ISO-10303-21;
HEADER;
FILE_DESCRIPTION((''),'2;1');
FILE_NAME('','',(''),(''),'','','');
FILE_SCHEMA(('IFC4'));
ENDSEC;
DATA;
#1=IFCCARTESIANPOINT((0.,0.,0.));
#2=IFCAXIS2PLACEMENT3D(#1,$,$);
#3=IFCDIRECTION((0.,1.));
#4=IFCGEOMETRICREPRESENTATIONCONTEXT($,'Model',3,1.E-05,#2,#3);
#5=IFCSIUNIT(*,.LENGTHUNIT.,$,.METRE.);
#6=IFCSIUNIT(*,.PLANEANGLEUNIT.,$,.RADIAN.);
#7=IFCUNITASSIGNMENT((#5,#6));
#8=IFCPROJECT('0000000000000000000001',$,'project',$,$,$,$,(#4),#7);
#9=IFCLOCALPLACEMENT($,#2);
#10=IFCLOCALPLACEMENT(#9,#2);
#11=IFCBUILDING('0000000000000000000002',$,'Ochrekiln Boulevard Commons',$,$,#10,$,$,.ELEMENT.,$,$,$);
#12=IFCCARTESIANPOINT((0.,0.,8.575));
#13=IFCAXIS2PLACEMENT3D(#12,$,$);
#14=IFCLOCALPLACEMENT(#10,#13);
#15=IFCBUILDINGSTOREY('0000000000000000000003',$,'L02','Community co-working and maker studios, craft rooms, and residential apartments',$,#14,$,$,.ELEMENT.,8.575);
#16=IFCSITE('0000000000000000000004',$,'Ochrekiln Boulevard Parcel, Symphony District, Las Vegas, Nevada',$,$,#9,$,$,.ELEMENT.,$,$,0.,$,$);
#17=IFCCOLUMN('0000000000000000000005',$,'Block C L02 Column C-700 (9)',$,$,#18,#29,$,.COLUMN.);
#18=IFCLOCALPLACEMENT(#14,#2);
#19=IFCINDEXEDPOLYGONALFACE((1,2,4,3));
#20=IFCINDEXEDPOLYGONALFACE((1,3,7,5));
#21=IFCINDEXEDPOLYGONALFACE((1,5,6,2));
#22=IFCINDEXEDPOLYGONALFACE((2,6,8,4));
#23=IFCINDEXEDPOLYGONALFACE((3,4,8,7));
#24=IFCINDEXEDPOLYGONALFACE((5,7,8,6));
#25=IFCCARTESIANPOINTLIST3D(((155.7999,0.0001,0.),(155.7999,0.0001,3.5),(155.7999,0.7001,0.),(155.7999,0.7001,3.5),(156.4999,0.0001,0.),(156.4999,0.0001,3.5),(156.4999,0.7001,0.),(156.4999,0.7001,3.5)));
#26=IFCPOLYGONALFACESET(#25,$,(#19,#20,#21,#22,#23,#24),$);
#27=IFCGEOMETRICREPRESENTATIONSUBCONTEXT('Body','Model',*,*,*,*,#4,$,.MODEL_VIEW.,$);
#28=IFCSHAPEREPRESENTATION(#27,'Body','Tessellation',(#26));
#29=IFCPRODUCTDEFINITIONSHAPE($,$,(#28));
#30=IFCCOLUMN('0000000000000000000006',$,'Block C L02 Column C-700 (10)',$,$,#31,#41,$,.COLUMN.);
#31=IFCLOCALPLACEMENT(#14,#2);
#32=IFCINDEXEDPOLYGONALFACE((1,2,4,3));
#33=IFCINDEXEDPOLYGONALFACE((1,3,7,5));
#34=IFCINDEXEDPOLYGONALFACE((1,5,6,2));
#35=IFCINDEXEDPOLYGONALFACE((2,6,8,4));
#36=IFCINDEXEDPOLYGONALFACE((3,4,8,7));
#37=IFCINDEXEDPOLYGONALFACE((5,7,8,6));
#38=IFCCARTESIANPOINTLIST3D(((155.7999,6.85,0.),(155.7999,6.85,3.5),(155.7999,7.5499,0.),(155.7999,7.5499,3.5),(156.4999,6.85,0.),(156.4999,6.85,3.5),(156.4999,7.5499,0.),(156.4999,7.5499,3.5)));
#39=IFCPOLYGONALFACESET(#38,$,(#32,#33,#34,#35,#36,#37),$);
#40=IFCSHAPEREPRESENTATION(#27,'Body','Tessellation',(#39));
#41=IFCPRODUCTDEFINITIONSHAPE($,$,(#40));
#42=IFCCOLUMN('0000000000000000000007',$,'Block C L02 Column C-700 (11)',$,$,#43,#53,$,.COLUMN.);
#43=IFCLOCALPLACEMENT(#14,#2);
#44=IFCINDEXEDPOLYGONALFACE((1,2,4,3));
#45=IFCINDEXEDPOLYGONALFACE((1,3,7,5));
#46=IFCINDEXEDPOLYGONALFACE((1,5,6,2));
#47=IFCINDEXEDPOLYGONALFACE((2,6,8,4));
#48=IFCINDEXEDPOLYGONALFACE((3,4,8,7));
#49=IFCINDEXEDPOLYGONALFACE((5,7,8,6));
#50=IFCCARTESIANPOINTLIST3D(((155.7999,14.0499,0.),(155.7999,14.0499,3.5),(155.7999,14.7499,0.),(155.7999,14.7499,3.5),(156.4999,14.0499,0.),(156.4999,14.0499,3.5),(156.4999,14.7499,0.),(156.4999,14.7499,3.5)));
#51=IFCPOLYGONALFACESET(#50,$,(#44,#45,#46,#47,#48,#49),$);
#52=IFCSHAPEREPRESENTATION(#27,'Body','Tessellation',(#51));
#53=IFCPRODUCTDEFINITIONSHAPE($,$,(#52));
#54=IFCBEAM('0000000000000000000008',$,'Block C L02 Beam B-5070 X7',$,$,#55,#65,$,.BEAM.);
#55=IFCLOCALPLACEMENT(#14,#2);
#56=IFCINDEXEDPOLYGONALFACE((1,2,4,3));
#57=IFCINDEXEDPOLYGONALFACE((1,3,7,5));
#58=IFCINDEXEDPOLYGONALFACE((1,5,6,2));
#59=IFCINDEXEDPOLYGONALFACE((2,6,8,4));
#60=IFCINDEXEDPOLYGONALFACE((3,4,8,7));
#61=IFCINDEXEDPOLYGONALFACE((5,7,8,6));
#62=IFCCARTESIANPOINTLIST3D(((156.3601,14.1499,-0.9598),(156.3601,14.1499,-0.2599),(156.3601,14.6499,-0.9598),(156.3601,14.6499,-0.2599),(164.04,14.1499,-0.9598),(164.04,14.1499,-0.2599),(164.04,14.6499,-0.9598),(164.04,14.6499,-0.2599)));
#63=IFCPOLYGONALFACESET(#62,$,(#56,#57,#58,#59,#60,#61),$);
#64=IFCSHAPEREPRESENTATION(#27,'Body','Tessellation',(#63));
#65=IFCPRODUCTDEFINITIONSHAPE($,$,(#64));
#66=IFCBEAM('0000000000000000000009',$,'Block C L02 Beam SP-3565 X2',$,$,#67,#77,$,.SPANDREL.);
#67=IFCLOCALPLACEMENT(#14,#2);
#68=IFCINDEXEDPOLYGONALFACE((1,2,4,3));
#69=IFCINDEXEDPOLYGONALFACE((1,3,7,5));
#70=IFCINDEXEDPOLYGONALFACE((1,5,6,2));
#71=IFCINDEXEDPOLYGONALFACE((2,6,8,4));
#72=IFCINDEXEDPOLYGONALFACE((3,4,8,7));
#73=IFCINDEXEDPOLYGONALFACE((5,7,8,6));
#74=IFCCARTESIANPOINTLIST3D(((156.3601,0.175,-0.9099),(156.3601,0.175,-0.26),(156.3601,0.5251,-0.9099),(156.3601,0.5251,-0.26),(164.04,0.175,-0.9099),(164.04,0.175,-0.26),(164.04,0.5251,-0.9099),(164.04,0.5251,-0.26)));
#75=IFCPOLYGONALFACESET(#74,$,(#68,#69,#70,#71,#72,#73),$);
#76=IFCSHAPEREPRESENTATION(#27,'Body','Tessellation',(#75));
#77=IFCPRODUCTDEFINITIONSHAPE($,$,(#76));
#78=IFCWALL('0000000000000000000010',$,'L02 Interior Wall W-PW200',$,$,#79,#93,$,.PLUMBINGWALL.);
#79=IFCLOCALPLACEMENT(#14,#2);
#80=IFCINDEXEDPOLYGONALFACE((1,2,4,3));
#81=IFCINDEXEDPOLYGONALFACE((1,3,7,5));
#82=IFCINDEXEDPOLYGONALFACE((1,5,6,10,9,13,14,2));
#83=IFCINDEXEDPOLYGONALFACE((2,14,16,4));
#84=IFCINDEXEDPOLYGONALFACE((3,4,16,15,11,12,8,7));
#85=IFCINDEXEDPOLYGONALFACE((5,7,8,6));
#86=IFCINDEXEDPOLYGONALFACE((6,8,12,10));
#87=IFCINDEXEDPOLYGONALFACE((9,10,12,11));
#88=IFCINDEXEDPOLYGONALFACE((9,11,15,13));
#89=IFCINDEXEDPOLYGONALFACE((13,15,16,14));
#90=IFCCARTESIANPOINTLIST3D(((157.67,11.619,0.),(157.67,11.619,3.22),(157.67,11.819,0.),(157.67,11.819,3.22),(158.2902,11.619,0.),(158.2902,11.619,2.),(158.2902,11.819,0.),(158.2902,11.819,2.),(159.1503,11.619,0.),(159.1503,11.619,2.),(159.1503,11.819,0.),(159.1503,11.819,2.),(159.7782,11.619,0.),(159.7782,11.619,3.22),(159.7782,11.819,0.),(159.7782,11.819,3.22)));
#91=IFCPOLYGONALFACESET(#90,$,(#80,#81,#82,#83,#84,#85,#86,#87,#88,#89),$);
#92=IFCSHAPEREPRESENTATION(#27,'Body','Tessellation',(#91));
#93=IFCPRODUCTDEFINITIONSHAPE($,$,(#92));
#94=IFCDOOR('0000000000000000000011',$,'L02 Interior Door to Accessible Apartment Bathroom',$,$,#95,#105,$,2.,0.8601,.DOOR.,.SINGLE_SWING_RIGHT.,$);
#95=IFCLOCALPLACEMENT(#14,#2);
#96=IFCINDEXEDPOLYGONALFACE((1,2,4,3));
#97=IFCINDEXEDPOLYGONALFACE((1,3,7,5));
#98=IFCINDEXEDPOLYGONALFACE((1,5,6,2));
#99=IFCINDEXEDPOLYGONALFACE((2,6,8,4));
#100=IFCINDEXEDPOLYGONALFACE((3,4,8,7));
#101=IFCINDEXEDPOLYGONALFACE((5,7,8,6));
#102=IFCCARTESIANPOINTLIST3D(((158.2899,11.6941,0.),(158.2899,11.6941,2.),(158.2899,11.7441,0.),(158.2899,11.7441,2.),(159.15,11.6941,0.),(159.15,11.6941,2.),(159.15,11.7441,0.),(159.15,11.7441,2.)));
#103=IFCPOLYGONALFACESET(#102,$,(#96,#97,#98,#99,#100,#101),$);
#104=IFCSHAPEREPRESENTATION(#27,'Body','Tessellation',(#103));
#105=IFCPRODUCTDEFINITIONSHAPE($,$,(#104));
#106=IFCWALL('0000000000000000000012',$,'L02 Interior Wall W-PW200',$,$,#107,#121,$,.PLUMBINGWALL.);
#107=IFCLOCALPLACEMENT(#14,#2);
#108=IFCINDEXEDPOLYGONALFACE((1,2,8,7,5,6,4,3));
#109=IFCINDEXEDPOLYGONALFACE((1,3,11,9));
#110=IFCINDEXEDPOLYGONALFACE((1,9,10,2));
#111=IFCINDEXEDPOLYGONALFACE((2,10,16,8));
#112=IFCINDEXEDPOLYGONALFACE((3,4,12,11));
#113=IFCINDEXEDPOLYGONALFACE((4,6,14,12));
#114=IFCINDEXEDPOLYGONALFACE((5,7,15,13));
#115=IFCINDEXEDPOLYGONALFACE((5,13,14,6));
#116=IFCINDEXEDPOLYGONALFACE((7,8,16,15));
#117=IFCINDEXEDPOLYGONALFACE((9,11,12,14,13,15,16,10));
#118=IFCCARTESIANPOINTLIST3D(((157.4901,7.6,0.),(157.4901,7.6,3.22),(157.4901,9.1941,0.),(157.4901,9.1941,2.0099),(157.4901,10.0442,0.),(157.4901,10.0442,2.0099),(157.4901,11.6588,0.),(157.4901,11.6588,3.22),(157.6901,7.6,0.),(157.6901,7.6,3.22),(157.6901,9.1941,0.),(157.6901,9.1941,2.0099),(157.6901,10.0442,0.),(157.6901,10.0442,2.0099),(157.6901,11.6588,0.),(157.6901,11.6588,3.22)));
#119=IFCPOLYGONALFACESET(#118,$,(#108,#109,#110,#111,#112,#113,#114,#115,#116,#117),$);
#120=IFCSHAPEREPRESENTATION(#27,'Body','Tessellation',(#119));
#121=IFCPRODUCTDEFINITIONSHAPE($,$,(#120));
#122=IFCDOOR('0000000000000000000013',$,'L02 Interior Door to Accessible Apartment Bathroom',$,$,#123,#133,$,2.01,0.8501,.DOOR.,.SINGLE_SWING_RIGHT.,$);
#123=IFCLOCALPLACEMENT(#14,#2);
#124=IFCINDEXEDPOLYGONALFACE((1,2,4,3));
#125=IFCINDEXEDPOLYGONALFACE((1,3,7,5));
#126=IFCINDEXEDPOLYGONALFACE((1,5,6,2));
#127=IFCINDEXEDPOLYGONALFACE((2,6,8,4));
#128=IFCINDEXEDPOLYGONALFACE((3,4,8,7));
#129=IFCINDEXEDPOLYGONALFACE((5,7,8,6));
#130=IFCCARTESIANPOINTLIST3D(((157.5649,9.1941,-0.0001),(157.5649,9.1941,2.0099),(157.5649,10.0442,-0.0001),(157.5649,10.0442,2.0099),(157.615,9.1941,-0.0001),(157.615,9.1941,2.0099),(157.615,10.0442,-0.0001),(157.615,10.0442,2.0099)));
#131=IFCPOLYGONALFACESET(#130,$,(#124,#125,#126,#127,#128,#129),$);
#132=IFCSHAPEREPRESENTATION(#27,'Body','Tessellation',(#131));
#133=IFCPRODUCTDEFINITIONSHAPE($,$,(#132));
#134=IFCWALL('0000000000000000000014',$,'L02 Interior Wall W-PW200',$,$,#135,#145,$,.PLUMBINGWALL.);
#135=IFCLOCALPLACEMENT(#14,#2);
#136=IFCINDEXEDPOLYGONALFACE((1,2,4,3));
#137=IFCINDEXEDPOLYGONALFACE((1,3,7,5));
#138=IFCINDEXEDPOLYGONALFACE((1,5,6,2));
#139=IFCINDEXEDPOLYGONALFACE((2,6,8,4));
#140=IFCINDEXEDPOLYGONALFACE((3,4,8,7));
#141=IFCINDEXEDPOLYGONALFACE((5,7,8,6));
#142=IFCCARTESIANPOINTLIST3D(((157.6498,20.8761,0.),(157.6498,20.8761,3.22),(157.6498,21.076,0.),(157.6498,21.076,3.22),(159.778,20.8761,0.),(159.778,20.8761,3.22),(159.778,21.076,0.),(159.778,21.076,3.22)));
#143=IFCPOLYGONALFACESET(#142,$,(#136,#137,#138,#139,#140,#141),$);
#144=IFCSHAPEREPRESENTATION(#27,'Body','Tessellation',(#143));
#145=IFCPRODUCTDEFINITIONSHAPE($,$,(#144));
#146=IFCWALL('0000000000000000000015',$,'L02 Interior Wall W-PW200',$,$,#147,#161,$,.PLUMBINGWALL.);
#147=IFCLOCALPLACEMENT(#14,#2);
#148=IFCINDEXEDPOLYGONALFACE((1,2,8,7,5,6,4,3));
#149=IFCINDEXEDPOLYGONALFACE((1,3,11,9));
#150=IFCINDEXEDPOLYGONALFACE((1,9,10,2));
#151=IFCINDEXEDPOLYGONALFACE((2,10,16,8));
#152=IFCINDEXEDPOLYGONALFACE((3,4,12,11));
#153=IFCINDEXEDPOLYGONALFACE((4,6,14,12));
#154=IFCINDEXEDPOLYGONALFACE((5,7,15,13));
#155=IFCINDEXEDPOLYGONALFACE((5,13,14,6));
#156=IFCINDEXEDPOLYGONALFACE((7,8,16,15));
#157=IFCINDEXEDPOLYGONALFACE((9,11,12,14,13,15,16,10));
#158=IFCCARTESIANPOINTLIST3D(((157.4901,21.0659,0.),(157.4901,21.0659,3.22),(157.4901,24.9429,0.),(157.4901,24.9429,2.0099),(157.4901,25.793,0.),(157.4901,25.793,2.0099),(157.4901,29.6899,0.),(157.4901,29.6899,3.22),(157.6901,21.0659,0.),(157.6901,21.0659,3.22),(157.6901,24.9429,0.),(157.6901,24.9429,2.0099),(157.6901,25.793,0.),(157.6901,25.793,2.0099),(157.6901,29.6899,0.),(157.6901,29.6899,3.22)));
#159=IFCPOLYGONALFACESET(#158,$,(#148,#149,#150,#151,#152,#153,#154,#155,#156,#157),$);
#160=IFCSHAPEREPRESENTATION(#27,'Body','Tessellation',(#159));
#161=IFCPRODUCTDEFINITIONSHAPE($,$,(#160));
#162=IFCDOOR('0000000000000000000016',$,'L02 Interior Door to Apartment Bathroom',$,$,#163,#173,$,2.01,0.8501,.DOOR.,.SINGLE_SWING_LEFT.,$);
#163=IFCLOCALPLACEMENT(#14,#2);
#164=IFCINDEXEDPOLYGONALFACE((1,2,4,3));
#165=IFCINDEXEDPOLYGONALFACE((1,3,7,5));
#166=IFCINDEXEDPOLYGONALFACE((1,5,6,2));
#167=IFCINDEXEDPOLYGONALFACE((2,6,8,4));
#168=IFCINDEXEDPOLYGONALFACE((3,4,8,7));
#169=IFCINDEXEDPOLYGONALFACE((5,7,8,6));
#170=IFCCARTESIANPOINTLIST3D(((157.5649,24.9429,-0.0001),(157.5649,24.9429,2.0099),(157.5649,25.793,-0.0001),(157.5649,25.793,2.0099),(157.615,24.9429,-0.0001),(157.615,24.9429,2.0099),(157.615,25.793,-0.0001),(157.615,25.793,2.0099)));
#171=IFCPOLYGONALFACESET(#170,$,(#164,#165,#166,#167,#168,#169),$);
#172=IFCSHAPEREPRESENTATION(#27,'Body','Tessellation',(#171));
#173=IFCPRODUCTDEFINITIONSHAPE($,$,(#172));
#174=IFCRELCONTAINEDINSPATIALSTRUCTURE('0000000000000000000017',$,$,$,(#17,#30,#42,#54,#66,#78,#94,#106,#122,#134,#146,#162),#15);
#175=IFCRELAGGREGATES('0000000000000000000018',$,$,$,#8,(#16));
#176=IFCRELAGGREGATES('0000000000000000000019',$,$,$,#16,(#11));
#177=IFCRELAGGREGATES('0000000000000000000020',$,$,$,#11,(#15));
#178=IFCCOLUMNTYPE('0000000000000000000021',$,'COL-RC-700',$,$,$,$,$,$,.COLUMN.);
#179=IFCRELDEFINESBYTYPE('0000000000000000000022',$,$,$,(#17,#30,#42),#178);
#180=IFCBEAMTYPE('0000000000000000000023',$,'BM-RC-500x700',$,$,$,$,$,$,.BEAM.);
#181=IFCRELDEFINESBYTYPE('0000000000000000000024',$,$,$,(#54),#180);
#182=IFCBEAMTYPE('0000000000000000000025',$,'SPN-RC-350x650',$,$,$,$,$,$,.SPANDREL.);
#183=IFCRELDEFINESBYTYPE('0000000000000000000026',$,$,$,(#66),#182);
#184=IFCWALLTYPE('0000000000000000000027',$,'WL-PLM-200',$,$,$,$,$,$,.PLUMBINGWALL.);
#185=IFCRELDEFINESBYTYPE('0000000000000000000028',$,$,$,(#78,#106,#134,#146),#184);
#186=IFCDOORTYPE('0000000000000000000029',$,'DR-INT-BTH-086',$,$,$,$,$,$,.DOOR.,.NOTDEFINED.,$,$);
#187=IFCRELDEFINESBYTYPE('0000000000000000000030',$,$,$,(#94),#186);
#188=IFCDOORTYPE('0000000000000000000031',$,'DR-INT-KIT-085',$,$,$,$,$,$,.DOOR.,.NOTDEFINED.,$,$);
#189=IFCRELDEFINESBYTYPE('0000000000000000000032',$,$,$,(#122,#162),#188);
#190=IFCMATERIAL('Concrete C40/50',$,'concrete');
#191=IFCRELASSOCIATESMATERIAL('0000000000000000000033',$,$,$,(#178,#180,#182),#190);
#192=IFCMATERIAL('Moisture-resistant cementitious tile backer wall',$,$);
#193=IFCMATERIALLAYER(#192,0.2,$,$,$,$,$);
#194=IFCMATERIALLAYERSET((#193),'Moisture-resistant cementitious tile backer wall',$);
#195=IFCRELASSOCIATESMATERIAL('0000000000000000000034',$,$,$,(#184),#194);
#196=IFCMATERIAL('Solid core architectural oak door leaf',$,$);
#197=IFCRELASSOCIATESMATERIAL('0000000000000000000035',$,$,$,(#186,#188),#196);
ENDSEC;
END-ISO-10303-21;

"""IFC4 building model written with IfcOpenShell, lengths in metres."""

from ifc_helpers import new_model, si_unit, direction, frame, frame_2d, origin, origin_2d, place, context, subcontext, project, spatial, rectangle, extrude, material, layer, layer_set, material_profile, profile_set, type_object, element, fill, save


model = new_model("IFC4")

# Units and contexts
model_context = context("Model", 3, precision=1e-05, world=origin(), true_north=direction((0.0, 1.0)))
body_context = subcontext(model_context, "Body", "Model", "MODEL_VIEW")
ifc_project = project(units=[si_unit("LENGTHUNIT", "METRE"), si_unit("PLANEANGLEUNIT", "RADIAN")], contexts=[model_context])

# Site, building, storey
site_placement = place(None, origin())
site = spatial("IfcSite", under=ifc_project, at=site_placement, Name="Ochrekiln Boulevard Parcel, Symphony District, Las Vegas, Nevada", CompositionType="ELEMENT", RefElevation=0.0)
building_placement = place(site_placement, origin())
building = spatial("IfcBuilding", under=site, at=building_placement, Name="Ochrekiln Boulevard Commons", CompositionType="ELEMENT")
storey_placement = place(building_placement, frame((0.0, 0.0, 8.575)))
storey = spatial("IfcBuildingStorey", under=building, at=storey_placement, Name="L02", Description="Community co-working and maker studios, craft rooms, and residential apartments", CompositionType="ELEMENT", Elevation=8.575)

# Columns
ifc_material_1 = material(Name="Concrete C40/50", Category="concrete")
ifc_material_profile_1 = material_profile(ifc_material_1, rectangle(XDim=0.7, YDim=0.7, at=origin_2d()), Name="RC-COL-700x700")
ifc_profile_set_1 = profile_set([ifc_material_profile_1], Name="Concrete C40/50")
column_type = type_object("IfcColumnType", Name="COL-RC-700", PredefinedType="COLUMN", material=ifc_profile_set_1)
for number, where, z_axis, x_axis, name in (
    (1, (156.1499, 0.3501, 0.0), (0.0, 0.0, 1.0), (1.0, 0.0, 0.0), "Block C L02 Column C-700 (9)"),
    (2, (156.1499, 7.2, 0.0), (0.0, 0.0, 1.0), (1.0, 0.0, 0.0), "Block C L02 Column C-700 (10)"),
    (3, (156.1499, 14.3999, 0.0), (0.0, 0.0, 1.0), (1.0, 0.0, 0.0), "Block C L02 Column C-700 (11)"),
):
    element("IfcColumn", number, at=place(storey_placement, frame(where, z_axis=z_axis, x_axis=x_axis)), inside=storey, type_object=column_type, Name=name, PredefinedType="COLUMN", context=body_context, shape_type="SweptSolid", body=[
        extrude(rectangle(XDim=0.7, YDim=0.7, at=origin_2d()), origin(), (0.0, 0.0, 1.0), 3.5),
    ])

# Beams
ifc_material_profile_2 = material_profile(ifc_material_1, rectangle(XDim=0.5, YDim=0.7, at=origin_2d()), Name="RC-BM-500x700")
ifc_profile_set_2 = profile_set([ifc_material_profile_2], Name="Concrete C40/50")
beam_type_1 = type_object("IfcBeamType", Name="BM-RC-500x700", PredefinedType="BEAM", material=ifc_profile_set_2)
beam_1_placement = place(storey_placement, frame((156.3601, 14.3999, -0.6099), z_axis=(1.0, 0.0, 0.0), x_axis=(0.0, 1.0, 0.0)))
element("IfcBeam", 4, at=beam_1_placement, inside=storey, type_object=beam_type_1, Name="Block C L02 Beam B-5070 X7", PredefinedType="BEAM", context=body_context, shape_type="SweptSolid", body=[
    extrude(rectangle(XDim=0.5, YDim=0.7, at=origin_2d()), origin(), (0.0, 0.0, 1.0), 7.6799),
])
ifc_material_profile_3 = material_profile(ifc_material_1, rectangle(XDim=0.3501, YDim=0.6499, at=origin_2d()), Name="RC-SPN-350x650")
ifc_profile_set_3 = profile_set([ifc_material_profile_3], Name="Concrete C40/50")
beam_type_2 = type_object("IfcBeamType", Name="SPN-RC-350x650", PredefinedType="SPANDREL", material=ifc_profile_set_3)
beam_2_placement = place(storey_placement, frame((156.3601, 0.3501, -0.585), z_axis=(1.0, 0.0, 0.0), x_axis=(0.0, 1.0, 0.0)))
element("IfcBeam", 5, at=beam_2_placement, inside=storey, type_object=beam_type_2, Name="Block C L02 Beam SP-3565 X2", PredefinedType="SPANDREL", context=body_context, shape_type="SweptSolid", body=[
    extrude(rectangle(XDim=0.3501, YDim=0.6499, at=origin_2d()), origin(), (0.0, 0.0, 1.0), 7.6799),
])

# Walls, openings, doors
ifc_material_2 = material(Name="Moisture-resistant cementitious tile backer wall")
ifc_layer_1 = layer(ifc_material_2, 0.2)
ifc_layer_set_1 = layer_set([ifc_layer_1], Name="Moisture-resistant cementitious tile backer wall")
wall_type_1 = type_object("IfcWallType", Name="WL-PLM-200", PredefinedType="PLUMBINGWALL", material=ifc_layer_set_1)
wall_1_placement = place(storey_placement, frame((157.6699, 11.719, 0.0), z_axis=(0.0, 0.0, 1.0), x_axis=(1.0, 0.0, 0.0)))
wall_1 = element("IfcWall", 6, at=wall_1_placement, inside=storey, type_object=wall_type_1, Name="L02 Interior Wall W-PW200", PredefinedType="PLUMBINGWALL", context=body_context, shape_type="SweptSolid", body=[
    extrude(rectangle(XDim=2.1082, YDim=0.2, at=frame_2d((1.0542, 0.0))), origin(), (0.0, 0.0, 1.0), 3.22),
])
opening_1_placement = place(wall_1_placement, frame((0.6201, 0.0, 0.0)))
opening_1 = element("IfcOpeningElement", 7, at=opening_1_placement, cuts=wall_1, PredefinedType="OPENING", context=body_context, shape_type="SweptSolid", body=[
    extrude(rectangle(XDim=0.8601, YDim=2.0, at=frame_2d((0.4302, 1.0))), frame((0.0, 0.1099, 0.0), z_axis=(0.0, -1.0, 0.0), x_axis=(1.0, 0.0, 0.0)), (0.0, 0.0, 1.0), 0.22),
])
ifc_material_3 = material(Name="Solid core architectural oak door leaf")
door_type_1 = type_object("IfcDoorType", Name="DR-INT-BTH-086", OperationType="NOTDEFINED", PredefinedType="DOOR", material=ifc_material_3)
door_1_placement = place(opening_1_placement, frame((0.8601, 0.0, 0.0), z_axis=(0.0, 0.0, 1.0), x_axis=(-1.0, 0.0, 0.0)))
door_1 = element("IfcDoor", 8, at=door_1_placement, inside=storey, type_object=door_type_1, Name="L02 Interior Door to Accessible Apartment Bathroom", OperationType="SINGLE_SWING_RIGHT", OverallHeight=2.0, OverallWidth=0.8601, PredefinedType="DOOR", context=body_context, shape_type="SweptSolid", body=[
    extrude(rectangle(XDim=0.8601, YDim=2.0, at=frame_2d((0.4302, 1.0))), frame((0.0, 0.0249, 0.0), z_axis=(0.0, -1.0, 0.0), x_axis=(1.0, 0.0, 0.0)), (0.0, 0.0, 1.0), 0.05),
])
fill(opening_1, door_1)
wall_2_placement = place(storey_placement, frame((157.5901, 7.6001, 0.0), z_axis=(0.0, 0.0, 1.0), x_axis=(0.0, 1.0, 0.0)))
wall_2 = element("IfcWall", 9, at=wall_2_placement, inside=storey, type_object=wall_type_1, Name="L02 Interior Wall W-PW200", PredefinedType="PLUMBINGWALL", context=body_context, shape_type="SweptSolid", body=[
    extrude(rectangle(XDim=4.0588, YDim=0.2, at=frame_2d((2.0293, 0.0))), origin(), (0.0, 0.0, 1.0), 3.22),
])
opening_2_placement = place(wall_2_placement, frame((1.594, 0.0, 0.0)))
opening_2 = element("IfcOpeningElement", 10, at=opening_2_placement, cuts=wall_2, PredefinedType="OPENING", context=body_context, shape_type="SweptSolid", body=[
    extrude(rectangle(XDim=0.8501, YDim=2.01, at=frame_2d((0.425, 1.0049))), frame((0.0, 0.1099, 0.0), z_axis=(0.0, -1.0, 0.0), x_axis=(1.0, 0.0, 0.0)), (0.0, 0.0, 1.0), 0.22),
])
door_type_2 = type_object("IfcDoorType", Name="DR-INT-KIT-085", OperationType="NOTDEFINED", PredefinedType="DOOR", material=ifc_material_3)
door_2_placement = place(opening_2_placement, frame((0.8501, 0.0, 0.0), z_axis=(0.0, 0.0, 1.0), x_axis=(-1.0, 0.0, 0.0)))
door_2 = element("IfcDoor", 11, at=door_2_placement, inside=storey, type_object=door_type_2, Name="L02 Interior Door to Accessible Apartment Bathroom", OperationType="SINGLE_SWING_RIGHT", OverallHeight=2.01, OverallWidth=0.8501, PredefinedType="DOOR", context=body_context, shape_type="SweptSolid", body=[
    extrude(rectangle(XDim=0.8501, YDim=2.01, at=frame_2d((0.425, 1.0049))), frame((0.0, 0.0249, 0.0), z_axis=(0.0, -1.0, 0.0), x_axis=(1.0, 0.0, 0.0)), (0.0, 0.0, 1.0), 0.05),
])
fill(opening_2, door_2)

# Wall
wall_3_placement = place(storey_placement, frame((157.6499, 20.9761, 0.0), z_axis=(0.0, 0.0, 1.0), x_axis=(1.0, 0.0, 0.0)))
element("IfcWall", 12, at=wall_3_placement, inside=storey, type_object=wall_type_1, Name="L02 Interior Wall W-PW200", PredefinedType="PLUMBINGWALL", context=body_context, shape_type="SweptSolid", body=[
    extrude(rectangle(XDim=2.1282, YDim=0.2, at=frame_2d((1.064, 0.0))), origin(), (0.0, 0.0, 1.0), 3.22),
])

# Wall, opening, door
wall_4_placement = place(storey_placement, frame((157.5901, 21.0659, 0.0), z_axis=(0.0, 0.0, 1.0), x_axis=(0.0, 1.0, 0.0)))
wall_4 = element("IfcWall", 13, at=wall_4_placement, inside=storey, type_object=wall_type_1, Name="L02 Interior Wall W-PW200", PredefinedType="PLUMBINGWALL", context=body_context, shape_type="SweptSolid", body=[
    extrude(rectangle(XDim=8.624, YDim=0.2, at=frame_2d((4.312, 0.0))), origin(), (0.0, 0.0, 1.0), 3.22),
])
opening_3_placement = place(wall_4_placement, frame((3.877, 0.0, 0.0)))
opening_3 = element("IfcOpeningElement", 14, at=opening_3_placement, cuts=wall_4, PredefinedType="OPENING", context=body_context, shape_type="SweptSolid", body=[
    extrude(rectangle(XDim=0.8501, YDim=2.01, at=frame_2d((0.425, 1.0049))), frame((0.0, 0.1099, 0.0), z_axis=(0.0, -1.0, 0.0), x_axis=(1.0, 0.0, 0.0)), (0.0, 0.0, 1.0), 0.22),
])
door_3_placement = place(opening_3_placement, frame((0.8501, 0.0, 0.0), z_axis=(0.0, 0.0, 1.0), x_axis=(-1.0, 0.0, 0.0)))
door_3 = element("IfcDoor", 15, at=door_3_placement, inside=storey, type_object=door_type_2, Name="L02 Interior Door to Apartment Bathroom", OperationType="SINGLE_SWING_LEFT", OverallHeight=2.01, OverallWidth=0.8501, PredefinedType="DOOR", context=body_context, shape_type="SweptSolid", body=[
    extrude(rectangle(XDim=0.8501, YDim=2.01, at=frame_2d((0.425, 1.0049))), frame((0.0, 0.0249, 0.0), z_axis=(0.0, -1.0, 0.0), x_axis=(1.0, 0.0, 0.0)), (0.0, 0.0, 1.0), 0.05),
])
fill(opening_3, door_3)

save(model, "model.ifc")
